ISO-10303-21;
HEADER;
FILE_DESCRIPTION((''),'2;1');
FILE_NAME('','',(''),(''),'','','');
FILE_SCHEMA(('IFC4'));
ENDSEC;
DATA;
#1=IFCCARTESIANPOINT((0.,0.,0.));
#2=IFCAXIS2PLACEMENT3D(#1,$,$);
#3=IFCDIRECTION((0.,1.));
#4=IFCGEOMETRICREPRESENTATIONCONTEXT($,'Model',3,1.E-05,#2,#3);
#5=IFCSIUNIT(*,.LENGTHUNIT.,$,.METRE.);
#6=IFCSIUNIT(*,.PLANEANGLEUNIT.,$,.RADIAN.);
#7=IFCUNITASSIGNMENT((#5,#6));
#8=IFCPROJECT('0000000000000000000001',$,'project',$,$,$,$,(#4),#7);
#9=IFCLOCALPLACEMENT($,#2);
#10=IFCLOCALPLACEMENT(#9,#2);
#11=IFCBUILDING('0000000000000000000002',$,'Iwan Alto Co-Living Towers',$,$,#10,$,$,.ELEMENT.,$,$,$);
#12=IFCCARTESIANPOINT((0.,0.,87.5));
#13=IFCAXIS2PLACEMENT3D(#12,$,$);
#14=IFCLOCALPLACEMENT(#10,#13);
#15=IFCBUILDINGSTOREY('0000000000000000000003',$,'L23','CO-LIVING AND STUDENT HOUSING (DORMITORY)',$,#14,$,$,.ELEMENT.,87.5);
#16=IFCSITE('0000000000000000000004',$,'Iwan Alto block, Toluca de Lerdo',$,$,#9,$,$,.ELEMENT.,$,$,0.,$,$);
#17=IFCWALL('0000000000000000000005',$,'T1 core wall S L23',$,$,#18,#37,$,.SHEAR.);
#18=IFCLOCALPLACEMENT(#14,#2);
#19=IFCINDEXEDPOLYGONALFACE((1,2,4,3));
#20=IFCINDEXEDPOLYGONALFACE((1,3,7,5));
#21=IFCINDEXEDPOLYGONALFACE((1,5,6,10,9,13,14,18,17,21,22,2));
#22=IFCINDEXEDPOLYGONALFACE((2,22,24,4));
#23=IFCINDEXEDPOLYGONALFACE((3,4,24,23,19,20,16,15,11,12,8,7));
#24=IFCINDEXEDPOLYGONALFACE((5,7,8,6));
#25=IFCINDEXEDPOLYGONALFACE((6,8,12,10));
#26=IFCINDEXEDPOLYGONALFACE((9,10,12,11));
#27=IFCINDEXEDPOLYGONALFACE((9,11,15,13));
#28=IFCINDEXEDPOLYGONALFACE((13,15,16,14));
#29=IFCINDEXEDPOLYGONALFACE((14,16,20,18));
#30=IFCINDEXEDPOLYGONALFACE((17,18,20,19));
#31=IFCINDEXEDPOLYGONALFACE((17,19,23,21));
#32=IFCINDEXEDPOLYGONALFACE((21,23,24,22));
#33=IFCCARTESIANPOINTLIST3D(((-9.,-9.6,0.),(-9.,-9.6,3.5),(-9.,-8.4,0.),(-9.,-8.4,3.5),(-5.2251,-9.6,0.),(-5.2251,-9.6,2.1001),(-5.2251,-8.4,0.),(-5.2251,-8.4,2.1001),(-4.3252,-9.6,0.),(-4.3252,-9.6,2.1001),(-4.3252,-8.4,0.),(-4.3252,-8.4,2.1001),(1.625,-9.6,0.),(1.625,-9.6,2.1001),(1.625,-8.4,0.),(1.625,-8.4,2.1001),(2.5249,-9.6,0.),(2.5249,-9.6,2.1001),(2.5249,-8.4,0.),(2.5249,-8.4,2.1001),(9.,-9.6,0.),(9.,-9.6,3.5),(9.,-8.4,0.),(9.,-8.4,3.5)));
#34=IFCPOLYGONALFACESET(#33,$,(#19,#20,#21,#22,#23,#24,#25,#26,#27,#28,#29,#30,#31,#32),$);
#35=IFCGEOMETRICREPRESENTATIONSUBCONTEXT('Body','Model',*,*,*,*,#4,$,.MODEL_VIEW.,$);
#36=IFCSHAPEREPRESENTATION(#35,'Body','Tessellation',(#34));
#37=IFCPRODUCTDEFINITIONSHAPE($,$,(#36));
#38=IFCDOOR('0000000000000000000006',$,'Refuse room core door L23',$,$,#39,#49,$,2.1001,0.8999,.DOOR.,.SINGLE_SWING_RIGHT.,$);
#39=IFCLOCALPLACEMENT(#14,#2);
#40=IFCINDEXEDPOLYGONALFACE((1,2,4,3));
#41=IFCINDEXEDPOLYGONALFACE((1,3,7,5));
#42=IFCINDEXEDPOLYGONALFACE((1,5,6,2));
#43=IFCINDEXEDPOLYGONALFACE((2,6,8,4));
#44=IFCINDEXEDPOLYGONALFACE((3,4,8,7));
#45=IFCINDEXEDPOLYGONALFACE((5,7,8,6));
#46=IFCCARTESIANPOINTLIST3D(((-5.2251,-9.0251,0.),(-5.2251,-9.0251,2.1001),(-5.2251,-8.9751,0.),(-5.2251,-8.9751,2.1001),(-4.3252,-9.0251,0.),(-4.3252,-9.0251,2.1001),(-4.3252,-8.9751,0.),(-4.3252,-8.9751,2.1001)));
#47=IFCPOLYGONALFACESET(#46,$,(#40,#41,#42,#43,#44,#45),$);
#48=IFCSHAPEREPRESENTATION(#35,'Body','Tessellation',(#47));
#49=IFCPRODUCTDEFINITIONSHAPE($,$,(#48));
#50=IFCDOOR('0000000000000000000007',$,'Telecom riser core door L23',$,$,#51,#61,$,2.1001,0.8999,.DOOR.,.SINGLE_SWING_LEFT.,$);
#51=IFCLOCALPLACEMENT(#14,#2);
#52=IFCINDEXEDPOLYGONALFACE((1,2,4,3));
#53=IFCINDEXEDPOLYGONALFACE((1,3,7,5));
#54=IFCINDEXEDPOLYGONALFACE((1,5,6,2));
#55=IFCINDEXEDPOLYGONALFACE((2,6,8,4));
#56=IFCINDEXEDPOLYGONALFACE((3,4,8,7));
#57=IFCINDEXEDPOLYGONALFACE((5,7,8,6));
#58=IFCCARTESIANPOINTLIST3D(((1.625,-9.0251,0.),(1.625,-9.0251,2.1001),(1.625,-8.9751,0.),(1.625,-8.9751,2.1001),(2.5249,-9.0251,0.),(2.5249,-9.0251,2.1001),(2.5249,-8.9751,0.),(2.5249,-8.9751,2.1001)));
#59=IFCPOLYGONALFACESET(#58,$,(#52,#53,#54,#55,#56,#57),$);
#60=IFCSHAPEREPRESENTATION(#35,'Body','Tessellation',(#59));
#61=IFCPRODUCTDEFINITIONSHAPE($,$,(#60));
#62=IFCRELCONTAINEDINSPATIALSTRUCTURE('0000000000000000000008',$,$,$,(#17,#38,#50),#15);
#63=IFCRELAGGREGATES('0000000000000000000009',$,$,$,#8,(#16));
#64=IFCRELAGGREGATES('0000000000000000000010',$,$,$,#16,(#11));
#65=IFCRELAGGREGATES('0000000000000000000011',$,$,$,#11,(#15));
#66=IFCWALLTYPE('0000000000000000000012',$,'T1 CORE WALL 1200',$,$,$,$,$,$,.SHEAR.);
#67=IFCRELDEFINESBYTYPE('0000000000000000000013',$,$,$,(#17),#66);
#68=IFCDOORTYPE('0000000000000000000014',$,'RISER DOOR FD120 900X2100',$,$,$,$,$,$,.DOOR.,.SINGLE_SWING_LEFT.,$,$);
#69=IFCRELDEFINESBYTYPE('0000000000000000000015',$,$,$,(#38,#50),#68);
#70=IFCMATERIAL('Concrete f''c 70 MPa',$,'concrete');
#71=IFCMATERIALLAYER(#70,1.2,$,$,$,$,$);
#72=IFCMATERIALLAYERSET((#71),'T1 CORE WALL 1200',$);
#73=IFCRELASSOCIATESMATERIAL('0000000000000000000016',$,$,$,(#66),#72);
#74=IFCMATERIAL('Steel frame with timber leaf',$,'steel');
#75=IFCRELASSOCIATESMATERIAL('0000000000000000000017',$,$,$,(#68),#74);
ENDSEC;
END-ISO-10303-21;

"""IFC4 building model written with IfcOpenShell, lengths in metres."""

from ifc_helpers import new_model, si_unit, direction, frame, frame_2d, origin, place, context, subcontext, project, spatial, rectangle, extrude, material, layer, layer_set, type_object, element, fill, save


model = new_model("IFC4")

# Units and contexts
model_context = context("Model", 3, precision=1e-05, world=origin(), true_north=direction((0.0, 1.0)))
body_context = subcontext(model_context, "Body", "Model", "MODEL_VIEW")
ifc_project = project(units=[si_unit("LENGTHUNIT", "METRE"), si_unit("PLANEANGLEUNIT", "RADIAN")], contexts=[model_context])

# Site, building, storey
site_placement = place(None, origin())
site = spatial("IfcSite", under=ifc_project, at=site_placement, Name="Iwan Alto block, Toluca de Lerdo", CompositionType="ELEMENT", RefElevation=0.0)
building_placement = place(site_placement, origin())
building = spatial("IfcBuilding", under=site, at=building_placement, Name="Iwan Alto Co-Living Towers", CompositionType="ELEMENT")
storey_placement = place(building_placement, frame((0.0, 0.0, 87.5)))
storey = spatial("IfcBuildingStorey", under=building, at=storey_placement, Name="L23", Description="CO-LIVING AND STUDENT HOUSING (DORMITORY)", CompositionType="ELEMENT", Elevation=87.5)

# Wall, openings, doors
ifc_material_1 = material(Name="Concrete f'c 70 MPa", Category="concrete")
ifc_layer_1 = layer(ifc_material_1, 1.2)
ifc_layer_set_1 = layer_set([ifc_layer_1], Name="T1 CORE WALL 1200")
wall_type_1 = type_object("IfcWallType", Name="T1 CORE WALL 1200", PredefinedType="SHEAR", material=ifc_layer_set_1)
wall_1_placement = place(storey_placement, frame((-9.0, -9.0, 0.0), z_axis=(0.0, 0.0, 1.0), x_axis=(1.0, 0.0, 0.0)))
wall_1 = element("IfcWall", 1, at=wall_1_placement, inside=storey, type_object=wall_type_1, Name="T1 core wall S L23", PredefinedType="SHEAR", context=body_context, shape_type="SweptSolid", body=[
    extrude(rectangle(XDim=18.0, YDim=1.2, at=frame_2d((9.0, 0.0))), origin(), (0.0, 0.0, 1.0), 3.5),
])
opening_1_placement = place(wall_1_placement, frame((3.7749, 0.0, 0.0)))
opening_1 = element("IfcOpeningElement", 2, at=opening_1_placement, cuts=wall_1, PredefinedType="OPENING", context=body_context, shape_type="SweptSolid", body=[
    extrude(rectangle(XDim=0.8999, YDim=2.1001, at=frame_2d((0.45, 1.05))), frame((0.0, 0.6099, 0.0), z_axis=(0.0, -1.0, 0.0), x_axis=(1.0, 0.0, 0.0)), (0.0, 0.0, 1.0), 1.22),
])
opening_2_placement = place(wall_1_placement, frame((10.625, 0.0, 0.0)))
opening_2 = element("IfcOpeningElement", 3, at=opening_2_placement, cuts=wall_1, PredefinedType="OPENING", context=body_context, shape_type="SweptSolid", body=[
    extrude(rectangle(XDim=0.8999, YDim=2.1001, at=frame_2d((0.45, 1.05))), frame((0.0, 0.6099, 0.0), z_axis=(0.0, -1.0, 0.0), x_axis=(1.0, 0.0, 0.0)), (0.0, 0.0, 1.0), 1.22),
])
ifc_material_2 = material(Name="Steel frame with timber leaf", Category="steel")
door_type_1 = type_object("IfcDoorType", Name="RISER DOOR FD120 900X2100", OperationType="SINGLE_SWING_LEFT", PredefinedType="DOOR", material=ifc_material_2)
door_1_placement = place(opening_1_placement, origin())
door_1 = element("IfcDoor", 4, at=door_1_placement, inside=storey, type_object=door_type_1, Name="Refuse room core door L23", OperationType="SINGLE_SWING_RIGHT", OverallHeight=2.1001, OverallWidth=0.8999, PredefinedType="DOOR", context=body_context, shape_type="SweptSolid", body=[
    extrude(rectangle(XDim=0.8999, YDim=2.1001, at=frame_2d((0.45, 1.05))), frame((0.0, 0.0249, 0.0), z_axis=(0.0, -1.0, 0.0), x_axis=(1.0, 0.0, 0.0)), (0.0, 0.0, 1.0), 0.05),
])
fill(opening_1, door_1)
door_2_placement = place(opening_2_placement, origin())
door_2 = element("IfcDoor", 5, at=door_2_placement, inside=storey, type_object=door_type_1, Name="Telecom riser core door L23", OperationType="SINGLE_SWING_LEFT", OverallHeight=2.1001, OverallWidth=0.8999, PredefinedType="DOOR", context=body_context, shape_type="SweptSolid", body=[
    extrude(rectangle(XDim=0.8999, YDim=2.1001, at=frame_2d((0.45, 1.05))), frame((0.0, 0.0249, 0.0), z_axis=(0.0, -1.0, 0.0), x_axis=(1.0, 0.0, 0.0)), (0.0, 0.0, 1.0), 0.05),
])
fill(opening_2, door_2)

save(model, "model.ifc")
